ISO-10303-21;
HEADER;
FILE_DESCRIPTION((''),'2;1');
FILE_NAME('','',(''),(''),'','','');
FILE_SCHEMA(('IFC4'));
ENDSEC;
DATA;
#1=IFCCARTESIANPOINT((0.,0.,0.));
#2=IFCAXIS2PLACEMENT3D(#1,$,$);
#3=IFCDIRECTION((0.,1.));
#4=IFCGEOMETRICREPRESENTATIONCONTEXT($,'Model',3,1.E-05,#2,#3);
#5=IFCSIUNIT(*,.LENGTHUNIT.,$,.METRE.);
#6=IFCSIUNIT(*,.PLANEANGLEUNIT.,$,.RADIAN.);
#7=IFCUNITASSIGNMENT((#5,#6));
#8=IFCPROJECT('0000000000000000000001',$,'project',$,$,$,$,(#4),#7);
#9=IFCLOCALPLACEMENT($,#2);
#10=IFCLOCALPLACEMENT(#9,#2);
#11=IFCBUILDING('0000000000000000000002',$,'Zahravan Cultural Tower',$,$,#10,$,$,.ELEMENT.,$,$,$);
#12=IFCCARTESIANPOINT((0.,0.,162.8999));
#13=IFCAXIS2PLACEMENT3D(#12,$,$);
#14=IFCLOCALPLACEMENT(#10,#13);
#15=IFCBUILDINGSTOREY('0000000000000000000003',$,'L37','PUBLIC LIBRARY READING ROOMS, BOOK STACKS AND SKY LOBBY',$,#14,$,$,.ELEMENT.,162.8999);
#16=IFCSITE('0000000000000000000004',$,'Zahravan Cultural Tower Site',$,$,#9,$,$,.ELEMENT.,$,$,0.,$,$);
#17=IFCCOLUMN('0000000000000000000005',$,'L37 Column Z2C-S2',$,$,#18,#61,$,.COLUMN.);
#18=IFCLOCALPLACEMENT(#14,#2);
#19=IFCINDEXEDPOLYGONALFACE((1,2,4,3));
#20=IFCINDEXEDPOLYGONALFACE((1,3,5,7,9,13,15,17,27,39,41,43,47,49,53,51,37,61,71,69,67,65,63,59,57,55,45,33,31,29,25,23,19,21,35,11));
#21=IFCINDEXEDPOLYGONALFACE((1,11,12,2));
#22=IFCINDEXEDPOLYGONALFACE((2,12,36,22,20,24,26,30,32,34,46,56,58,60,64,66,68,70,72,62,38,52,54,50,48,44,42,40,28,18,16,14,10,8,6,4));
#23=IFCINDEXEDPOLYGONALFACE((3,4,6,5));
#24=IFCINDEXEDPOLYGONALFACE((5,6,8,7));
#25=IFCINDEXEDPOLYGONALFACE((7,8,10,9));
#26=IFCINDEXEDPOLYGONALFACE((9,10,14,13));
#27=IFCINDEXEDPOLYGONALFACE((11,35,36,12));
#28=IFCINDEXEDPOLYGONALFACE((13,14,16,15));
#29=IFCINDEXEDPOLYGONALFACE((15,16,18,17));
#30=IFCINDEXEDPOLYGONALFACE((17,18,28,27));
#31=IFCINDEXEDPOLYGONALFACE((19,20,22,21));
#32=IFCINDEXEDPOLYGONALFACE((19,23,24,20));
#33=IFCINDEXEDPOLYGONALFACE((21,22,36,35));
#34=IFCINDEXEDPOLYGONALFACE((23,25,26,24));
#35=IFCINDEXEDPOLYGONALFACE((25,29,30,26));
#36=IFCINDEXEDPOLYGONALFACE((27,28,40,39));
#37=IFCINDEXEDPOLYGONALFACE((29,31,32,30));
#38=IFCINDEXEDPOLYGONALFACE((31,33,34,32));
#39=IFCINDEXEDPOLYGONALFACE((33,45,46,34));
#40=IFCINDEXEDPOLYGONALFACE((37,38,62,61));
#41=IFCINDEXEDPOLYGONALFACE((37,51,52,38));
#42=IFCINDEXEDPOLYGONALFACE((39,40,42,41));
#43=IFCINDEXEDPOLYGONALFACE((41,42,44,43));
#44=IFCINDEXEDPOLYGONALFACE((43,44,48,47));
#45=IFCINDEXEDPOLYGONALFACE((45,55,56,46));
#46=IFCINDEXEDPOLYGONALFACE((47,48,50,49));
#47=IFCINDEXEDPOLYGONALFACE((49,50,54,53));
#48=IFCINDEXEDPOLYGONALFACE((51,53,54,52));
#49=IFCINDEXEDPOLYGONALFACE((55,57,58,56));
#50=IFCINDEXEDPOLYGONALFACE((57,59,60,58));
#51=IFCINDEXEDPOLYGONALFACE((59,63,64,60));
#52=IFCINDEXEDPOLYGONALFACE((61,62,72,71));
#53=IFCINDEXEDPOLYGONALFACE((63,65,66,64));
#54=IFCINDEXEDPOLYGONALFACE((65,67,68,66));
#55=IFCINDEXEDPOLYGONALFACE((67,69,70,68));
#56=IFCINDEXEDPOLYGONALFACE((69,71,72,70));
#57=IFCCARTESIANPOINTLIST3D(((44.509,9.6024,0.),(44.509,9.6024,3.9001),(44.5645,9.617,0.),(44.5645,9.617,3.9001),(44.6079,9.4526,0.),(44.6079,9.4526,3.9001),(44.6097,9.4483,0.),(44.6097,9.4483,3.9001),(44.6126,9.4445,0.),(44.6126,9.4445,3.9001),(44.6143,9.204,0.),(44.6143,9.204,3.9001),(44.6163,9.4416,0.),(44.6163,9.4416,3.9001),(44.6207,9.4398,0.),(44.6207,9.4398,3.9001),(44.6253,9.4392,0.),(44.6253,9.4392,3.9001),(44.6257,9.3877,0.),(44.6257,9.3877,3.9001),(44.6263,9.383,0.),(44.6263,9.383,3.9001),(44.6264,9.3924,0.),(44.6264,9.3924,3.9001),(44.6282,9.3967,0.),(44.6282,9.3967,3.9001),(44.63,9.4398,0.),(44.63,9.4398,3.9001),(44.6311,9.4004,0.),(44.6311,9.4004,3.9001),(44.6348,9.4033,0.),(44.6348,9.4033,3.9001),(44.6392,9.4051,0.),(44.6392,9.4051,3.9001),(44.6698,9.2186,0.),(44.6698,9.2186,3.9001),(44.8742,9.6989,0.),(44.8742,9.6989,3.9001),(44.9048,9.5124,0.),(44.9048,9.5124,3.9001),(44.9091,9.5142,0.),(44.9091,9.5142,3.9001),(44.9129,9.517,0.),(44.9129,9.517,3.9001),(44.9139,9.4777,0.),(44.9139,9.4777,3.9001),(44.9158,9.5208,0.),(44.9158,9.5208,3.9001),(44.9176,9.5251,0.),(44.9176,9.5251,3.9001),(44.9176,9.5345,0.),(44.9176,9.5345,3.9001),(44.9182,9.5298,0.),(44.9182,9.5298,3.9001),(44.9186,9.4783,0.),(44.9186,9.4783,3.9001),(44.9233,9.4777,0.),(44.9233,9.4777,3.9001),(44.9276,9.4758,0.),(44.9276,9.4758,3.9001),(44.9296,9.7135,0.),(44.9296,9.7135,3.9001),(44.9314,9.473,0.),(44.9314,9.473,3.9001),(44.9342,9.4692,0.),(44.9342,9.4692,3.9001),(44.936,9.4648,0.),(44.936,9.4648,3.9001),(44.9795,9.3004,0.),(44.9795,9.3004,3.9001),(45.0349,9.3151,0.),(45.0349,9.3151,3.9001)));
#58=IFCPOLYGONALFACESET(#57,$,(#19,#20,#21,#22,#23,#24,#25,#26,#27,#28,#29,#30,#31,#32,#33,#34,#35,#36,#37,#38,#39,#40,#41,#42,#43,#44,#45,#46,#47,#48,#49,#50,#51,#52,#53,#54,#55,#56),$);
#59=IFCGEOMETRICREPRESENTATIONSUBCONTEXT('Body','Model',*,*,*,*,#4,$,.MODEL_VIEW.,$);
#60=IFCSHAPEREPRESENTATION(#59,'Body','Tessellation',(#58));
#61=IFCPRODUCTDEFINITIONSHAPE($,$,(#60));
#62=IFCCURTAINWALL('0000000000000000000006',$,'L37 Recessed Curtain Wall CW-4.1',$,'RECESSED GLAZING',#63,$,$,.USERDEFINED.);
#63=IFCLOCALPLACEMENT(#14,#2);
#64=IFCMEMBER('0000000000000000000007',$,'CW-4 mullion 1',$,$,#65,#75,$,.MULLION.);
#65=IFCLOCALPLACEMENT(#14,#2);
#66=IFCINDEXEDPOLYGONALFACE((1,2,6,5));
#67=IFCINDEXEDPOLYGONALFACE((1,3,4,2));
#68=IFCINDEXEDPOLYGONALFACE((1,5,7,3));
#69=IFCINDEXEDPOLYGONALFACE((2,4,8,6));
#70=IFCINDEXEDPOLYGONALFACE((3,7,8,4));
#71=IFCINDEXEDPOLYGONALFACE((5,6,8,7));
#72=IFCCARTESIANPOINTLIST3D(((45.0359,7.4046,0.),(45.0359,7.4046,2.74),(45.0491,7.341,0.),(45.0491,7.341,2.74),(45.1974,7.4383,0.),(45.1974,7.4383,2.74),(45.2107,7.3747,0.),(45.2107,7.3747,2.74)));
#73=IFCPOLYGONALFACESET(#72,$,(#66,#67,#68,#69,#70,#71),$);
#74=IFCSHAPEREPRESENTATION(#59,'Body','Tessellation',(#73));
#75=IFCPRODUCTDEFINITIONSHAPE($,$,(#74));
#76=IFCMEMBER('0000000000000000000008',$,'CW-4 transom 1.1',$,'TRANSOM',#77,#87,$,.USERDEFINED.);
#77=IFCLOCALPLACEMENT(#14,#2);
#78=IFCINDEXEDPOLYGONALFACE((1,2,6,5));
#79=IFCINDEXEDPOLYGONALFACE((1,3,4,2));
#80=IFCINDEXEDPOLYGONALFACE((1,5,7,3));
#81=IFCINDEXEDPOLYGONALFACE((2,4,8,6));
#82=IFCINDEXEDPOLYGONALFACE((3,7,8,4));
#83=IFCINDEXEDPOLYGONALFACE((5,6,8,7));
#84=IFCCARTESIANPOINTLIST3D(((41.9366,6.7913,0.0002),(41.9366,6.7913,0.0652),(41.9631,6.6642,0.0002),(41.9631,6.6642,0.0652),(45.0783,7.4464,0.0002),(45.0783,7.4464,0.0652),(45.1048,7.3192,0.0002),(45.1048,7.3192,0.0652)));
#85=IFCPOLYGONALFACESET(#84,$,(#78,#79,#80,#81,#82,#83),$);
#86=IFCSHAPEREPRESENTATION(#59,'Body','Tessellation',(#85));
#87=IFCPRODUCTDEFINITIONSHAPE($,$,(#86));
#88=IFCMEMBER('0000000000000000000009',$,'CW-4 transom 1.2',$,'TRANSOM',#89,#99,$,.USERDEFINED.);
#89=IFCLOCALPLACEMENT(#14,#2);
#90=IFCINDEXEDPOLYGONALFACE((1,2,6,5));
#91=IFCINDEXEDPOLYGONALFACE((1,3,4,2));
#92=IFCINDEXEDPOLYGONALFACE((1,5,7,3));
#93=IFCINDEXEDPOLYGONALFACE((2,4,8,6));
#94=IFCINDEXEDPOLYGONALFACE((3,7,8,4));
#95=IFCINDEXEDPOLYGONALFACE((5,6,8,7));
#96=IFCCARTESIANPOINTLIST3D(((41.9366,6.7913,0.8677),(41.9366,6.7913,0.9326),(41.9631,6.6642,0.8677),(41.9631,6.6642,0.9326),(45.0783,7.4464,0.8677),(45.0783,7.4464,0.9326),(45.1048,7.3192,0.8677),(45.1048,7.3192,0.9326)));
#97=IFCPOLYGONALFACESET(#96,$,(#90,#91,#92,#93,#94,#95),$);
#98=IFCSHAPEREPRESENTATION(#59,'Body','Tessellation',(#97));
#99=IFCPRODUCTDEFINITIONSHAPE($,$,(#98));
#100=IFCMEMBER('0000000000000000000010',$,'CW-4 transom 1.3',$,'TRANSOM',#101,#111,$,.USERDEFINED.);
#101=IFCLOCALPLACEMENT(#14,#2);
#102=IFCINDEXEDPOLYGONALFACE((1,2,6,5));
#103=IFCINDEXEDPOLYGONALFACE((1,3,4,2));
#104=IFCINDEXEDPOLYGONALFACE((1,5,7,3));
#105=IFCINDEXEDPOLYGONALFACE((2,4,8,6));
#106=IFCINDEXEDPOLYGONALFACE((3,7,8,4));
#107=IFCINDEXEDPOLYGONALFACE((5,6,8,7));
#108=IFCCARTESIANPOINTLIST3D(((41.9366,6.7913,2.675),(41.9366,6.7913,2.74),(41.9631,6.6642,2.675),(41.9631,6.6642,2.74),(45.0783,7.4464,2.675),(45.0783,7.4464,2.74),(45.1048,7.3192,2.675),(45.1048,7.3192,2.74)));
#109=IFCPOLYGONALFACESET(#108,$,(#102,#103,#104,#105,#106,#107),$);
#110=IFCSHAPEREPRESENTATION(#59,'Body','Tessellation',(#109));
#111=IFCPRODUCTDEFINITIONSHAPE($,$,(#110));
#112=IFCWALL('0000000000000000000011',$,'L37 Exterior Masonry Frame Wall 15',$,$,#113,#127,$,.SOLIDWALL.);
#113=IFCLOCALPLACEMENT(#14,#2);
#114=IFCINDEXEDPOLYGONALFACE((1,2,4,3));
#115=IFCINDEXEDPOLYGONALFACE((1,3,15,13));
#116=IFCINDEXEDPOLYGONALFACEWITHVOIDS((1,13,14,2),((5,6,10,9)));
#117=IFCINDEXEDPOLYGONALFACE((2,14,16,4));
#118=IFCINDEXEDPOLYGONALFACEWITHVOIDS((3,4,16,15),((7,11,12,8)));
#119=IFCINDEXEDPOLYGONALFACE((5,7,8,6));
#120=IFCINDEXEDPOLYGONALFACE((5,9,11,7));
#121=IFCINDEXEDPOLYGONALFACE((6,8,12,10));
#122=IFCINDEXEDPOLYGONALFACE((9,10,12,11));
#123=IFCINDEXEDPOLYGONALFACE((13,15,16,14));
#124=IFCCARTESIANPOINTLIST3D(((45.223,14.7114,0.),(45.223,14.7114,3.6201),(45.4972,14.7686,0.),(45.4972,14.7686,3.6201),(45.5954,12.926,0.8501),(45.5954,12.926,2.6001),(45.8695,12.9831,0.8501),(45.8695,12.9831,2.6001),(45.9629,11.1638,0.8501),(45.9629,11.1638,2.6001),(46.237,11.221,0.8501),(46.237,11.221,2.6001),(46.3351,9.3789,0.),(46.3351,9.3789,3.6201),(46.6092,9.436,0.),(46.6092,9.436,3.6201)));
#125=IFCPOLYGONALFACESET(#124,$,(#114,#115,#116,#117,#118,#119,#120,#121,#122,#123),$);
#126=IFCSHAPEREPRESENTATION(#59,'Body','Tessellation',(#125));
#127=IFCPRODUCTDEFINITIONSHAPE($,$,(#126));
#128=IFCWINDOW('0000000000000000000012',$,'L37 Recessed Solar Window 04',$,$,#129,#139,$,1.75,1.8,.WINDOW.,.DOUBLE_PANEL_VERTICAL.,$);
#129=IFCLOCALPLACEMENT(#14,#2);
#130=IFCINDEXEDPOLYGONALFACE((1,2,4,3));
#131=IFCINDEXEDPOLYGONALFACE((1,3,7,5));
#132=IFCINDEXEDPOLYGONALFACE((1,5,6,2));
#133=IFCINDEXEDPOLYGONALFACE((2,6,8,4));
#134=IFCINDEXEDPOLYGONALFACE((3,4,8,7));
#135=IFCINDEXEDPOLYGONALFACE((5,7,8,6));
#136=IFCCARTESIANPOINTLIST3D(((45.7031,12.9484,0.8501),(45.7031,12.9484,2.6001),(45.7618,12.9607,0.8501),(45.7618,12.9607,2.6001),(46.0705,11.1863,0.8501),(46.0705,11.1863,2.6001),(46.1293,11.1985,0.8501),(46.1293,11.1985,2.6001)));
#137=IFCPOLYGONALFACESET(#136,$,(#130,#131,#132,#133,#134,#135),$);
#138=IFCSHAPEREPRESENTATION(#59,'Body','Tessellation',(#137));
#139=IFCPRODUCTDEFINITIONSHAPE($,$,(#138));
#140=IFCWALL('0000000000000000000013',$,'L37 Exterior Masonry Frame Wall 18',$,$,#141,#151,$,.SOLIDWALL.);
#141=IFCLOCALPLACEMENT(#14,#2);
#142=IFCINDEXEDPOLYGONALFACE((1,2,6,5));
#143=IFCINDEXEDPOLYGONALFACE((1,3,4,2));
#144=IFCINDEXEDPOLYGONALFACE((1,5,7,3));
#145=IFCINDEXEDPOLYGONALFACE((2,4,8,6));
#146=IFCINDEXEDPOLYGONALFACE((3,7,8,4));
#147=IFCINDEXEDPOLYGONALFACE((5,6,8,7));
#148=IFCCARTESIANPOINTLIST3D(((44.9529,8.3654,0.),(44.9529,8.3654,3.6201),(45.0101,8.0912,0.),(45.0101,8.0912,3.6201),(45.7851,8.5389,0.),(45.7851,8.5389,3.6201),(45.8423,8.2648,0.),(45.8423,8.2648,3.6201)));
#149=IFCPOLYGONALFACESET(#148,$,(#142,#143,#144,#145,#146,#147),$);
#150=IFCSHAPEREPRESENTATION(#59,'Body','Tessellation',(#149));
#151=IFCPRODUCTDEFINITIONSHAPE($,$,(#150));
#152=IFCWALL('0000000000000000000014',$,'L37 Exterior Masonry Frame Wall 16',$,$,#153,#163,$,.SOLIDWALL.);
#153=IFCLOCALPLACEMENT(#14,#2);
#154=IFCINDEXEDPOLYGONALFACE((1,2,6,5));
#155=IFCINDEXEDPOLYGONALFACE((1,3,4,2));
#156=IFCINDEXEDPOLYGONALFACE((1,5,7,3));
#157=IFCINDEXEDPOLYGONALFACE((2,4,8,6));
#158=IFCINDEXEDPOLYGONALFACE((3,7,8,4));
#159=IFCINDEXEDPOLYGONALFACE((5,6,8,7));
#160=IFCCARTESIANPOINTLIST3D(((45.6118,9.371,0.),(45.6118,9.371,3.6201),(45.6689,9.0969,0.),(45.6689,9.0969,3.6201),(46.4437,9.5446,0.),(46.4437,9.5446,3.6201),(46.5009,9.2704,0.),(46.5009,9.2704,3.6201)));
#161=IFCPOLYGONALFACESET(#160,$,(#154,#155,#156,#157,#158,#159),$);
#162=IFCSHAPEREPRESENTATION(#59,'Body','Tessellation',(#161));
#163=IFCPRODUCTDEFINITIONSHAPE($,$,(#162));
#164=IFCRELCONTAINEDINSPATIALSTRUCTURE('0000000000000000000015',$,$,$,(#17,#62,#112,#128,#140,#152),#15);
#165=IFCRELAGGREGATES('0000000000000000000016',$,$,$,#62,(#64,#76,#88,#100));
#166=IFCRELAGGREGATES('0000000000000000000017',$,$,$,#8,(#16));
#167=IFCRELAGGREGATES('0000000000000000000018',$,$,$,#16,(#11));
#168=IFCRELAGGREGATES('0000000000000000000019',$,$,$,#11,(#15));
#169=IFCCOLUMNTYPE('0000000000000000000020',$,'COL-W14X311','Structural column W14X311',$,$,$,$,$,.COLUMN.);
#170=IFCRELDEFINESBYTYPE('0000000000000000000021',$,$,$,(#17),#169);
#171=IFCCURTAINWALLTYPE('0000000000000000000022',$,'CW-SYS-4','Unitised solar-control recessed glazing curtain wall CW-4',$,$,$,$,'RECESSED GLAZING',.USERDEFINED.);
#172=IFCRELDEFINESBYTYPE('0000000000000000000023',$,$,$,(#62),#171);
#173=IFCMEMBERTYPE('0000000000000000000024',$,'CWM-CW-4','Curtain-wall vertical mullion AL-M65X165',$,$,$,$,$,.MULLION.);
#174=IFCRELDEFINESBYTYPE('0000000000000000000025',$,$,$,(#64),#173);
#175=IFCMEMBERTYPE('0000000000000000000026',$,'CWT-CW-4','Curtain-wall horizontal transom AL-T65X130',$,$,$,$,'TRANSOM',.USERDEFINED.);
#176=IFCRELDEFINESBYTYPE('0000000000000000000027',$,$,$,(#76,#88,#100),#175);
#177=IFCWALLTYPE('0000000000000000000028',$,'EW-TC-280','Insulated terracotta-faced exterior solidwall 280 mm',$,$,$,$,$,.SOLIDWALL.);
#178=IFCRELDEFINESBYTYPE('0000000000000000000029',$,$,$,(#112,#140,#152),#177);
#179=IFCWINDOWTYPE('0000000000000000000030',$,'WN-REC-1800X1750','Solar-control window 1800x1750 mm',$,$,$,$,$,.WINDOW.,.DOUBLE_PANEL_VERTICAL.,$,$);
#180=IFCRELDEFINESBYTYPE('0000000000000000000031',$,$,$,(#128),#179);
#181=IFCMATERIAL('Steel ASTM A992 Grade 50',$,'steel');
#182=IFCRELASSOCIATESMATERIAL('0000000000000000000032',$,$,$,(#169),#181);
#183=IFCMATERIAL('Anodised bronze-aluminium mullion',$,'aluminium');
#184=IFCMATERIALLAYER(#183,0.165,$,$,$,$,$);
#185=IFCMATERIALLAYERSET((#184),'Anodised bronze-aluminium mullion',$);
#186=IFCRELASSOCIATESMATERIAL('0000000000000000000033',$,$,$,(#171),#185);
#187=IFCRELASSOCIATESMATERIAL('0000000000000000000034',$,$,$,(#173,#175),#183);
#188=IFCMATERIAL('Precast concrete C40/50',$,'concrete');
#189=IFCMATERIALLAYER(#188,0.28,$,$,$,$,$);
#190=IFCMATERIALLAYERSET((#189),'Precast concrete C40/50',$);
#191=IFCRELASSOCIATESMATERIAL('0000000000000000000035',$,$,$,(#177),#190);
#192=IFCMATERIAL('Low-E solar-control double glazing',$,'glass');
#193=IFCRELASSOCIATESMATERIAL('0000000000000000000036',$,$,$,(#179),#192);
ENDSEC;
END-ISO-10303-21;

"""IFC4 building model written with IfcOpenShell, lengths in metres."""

from ifc_helpers import new_model, si_unit, direction, frame, frame_2d, origin, origin_2d, place, context, subcontext, project, spatial, rectangle, i_section, extrude, source, transform, mapped, material, layer, layer_set, material_profile, profile_set, type_object, element, fill, aggregate, save


model = new_model("IFC4")

# Units and contexts
model_context = context("Model", 3, precision=1e-05, world=origin(), true_north=direction((0.0, 1.0)))
body_context = subcontext(model_context, "Body", "Model", "MODEL_VIEW")
ifc_project = project(units=[si_unit("LENGTHUNIT", "METRE"), si_unit("PLANEANGLEUNIT", "RADIAN")], contexts=[model_context])

# Site, building, storey
site_placement = place(None, origin())
site = spatial("IfcSite", under=ifc_project, at=site_placement, Name="Zahravan Cultural Tower Site", CompositionType="ELEMENT", RefElevation=0.0)
building_placement = place(site_placement, origin())
building = spatial("IfcBuilding", under=site, at=building_placement, Name="Zahravan Cultural Tower", CompositionType="ELEMENT")
storey_placement = place(building_placement, frame((0.0, 0.0, 162.8999)))
storey = spatial("IfcBuildingStorey", under=building, at=storey_placement, Name="L37", Description="PUBLIC LIBRARY READING ROOMS, BOOK STACKS AND SKY LOBBY", CompositionType="ELEMENT", Elevation=162.8999)

# Column
ifc_material_1 = material(Name="Steel ASTM A992 Grade 50", Category="steel")
ifc_material_profile_1 = material_profile(ifc_material_1, i_section(OverallWidth=0.4121, OverallDepth=0.4351, WebThickness=0.0359, FlangeThickness=0.0574, FilletRadius=0.0181, at=origin_2d()), Name="W14X311")
ifc_profile_set_1 = profile_set([ifc_material_profile_1], Name="Steel ASTM A992 Grade 50")
column_type = type_object("IfcColumnType", Name="COL-W14X311", Description="Structural column W14X311", PredefinedType="COLUMN", material=ifc_profile_set_1)
shared_shape_1 = source(origin(), body_context, "Body", "SweptSolid", [
    extrude(i_section(OverallWidth=0.4121, OverallDepth=0.4351, WebThickness=0.0359, FlangeThickness=0.0574, FilletRadius=0.0181, at=origin_2d()), origin(), (0.0, 0.0, 1.0), 3.9001),
])
column_placement = place(storey_placement, frame((44.772, 9.4587, 0.0), z_axis=(0.0, 0.0, 1.0), x_axis=(-0.255446, 0.966823, 0.0)))
element("IfcColumn", 1, at=column_placement, inside=storey, type_object=column_type, Name="L37 Column Z2C-S2", PredefinedType="COLUMN", context=body_context, shape_type="MappedRepresentation", body=[
    mapped(shared_shape_1, transform((0.0, 0.0, 0.0), x_axis=(1.0, 0.0, 0.0), y_axis=(0.0, 1.0, 0.0), z_axis=(0.0, 0.0, 1.0), scale=1.0)),
])

# Curtain wall, members
ifc_material_2 = material(Name="Anodised bronze-aluminium mullion", Category="aluminium")
ifc_layer_1 = layer(ifc_material_2, 0.165)
ifc_layer_set_1 = layer_set([ifc_layer_1], Name="Anodised bronze-aluminium mullion")
curtain_wall_type = type_object("IfcCurtainWallType", Name="CW-SYS-4", Description="Unitised solar-control recessed glazing curtain wall CW-4", ElementType="RECESSED GLAZING", PredefinedType="USERDEFINED", material=ifc_layer_set_1)
curtain_wall_placement = place(storey_placement, origin())
curtain_wall = element("IfcCurtainWall", 2, at=curtain_wall_placement, inside=storey, type_object=curtain_wall_type, Name="L37 Recessed Curtain Wall CW-4.1", ObjectType="RECESSED GLAZING", PredefinedType="USERDEFINED")
ifc_material_profile_2 = material_profile(ifc_material_2, rectangle(XDim=0.0649, YDim=0.165, at=origin_2d()), Name="AL-M65X165")
ifc_profile_set_2 = profile_set([ifc_material_profile_2], Name="Anodised bronze-aluminium mullion")
member_type_1 = type_object("IfcMemberType", Name="CWM-CW-4", Description="Curtain-wall vertical mullion AL-M65X165", PredefinedType="MULLION", material=ifc_profile_set_2)
shared_shape_2 = source(origin(), body_context, "Body", "SweptSolid", [
    extrude(rectangle(XDim=0.0649, YDim=0.165, at=origin_2d()), origin(), (0.0, 0.0, 1.0), 2.74),
])
member_1_placement = place(storey_placement, frame((45.1233, 7.3896, 0.0), z_axis=(0.0, 0.0, 1.0), x_axis=(0.204162, -0.978937, 0.0)))
member_1 = element("IfcMember", 3, at=member_1_placement, type_object=member_type_1, Name="CW-4 mullion 1", PredefinedType="MULLION", context=body_context, shape_type="MappedRepresentation", body=[
    mapped(shared_shape_2, transform((0.0, 0.0, 0.0), x_axis=(1.0, 0.0, 0.0), y_axis=(0.0, 1.0, 0.0), z_axis=(0.0, 0.0, 1.0), scale=1.0)),
])
ifc_material_profile_3 = material_profile(ifc_material_2, rectangle(XDim=0.1299, YDim=0.0649, at=origin_2d()), Name="AL-T65X130")
ifc_profile_set_3 = profile_set([ifc_material_profile_3], Name="Anodised bronze-aluminium mullion")
member_type_2 = type_object("IfcMemberType", Name="CWT-CW-4", Description="Curtain-wall horizontal transom AL-T65X130", ElementType="TRANSOM", PredefinedType="USERDEFINED", material=ifc_profile_set_3)
shared_shape_3 = source(origin(), body_context, "Body", "SweptSolid", [
    extrude(rectangle(XDim=0.1299, YDim=0.0649, at=origin_2d()), origin(), (0.0, 0.0, 1.0), 3.2092),
])
member_2_placement = place(storey_placement, frame((45.0916, 7.3828, 0.0327), z_axis=(-0.978947, -0.204112, 0.0), x_axis=(0.204112, -0.978947, 0.0)))
member_2 = element("IfcMember", 4, at=member_2_placement, type_object=member_type_2, Name="CW-4 transom 1.1", ObjectType="TRANSOM", PredefinedType="USERDEFINED", context=body_context, shape_type="MappedRepresentation", body=[
    mapped(shared_shape_3, transform((0.0, 0.0, 0.0), x_axis=(1.0, 0.0, 0.0), y_axis=(0.0, 1.0, 0.0), z_axis=(0.0, 0.0, 1.0), scale=1.0)),
])
member_3_placement = place(storey_placement, frame((45.0916, 7.3828, 0.9001), z_axis=(-0.978947, -0.204112, 0.0), x_axis=(0.204112, -0.978947, 0.0)))
member_3 = element("IfcMember", 5, at=member_3_placement, type_object=member_type_2, Name="CW-4 transom 1.2", ObjectType="TRANSOM", PredefinedType="USERDEFINED", context=body_context, shape_type="MappedRepresentation", body=[
    mapped(shared_shape_3, transform((0.0, 0.0, 0.0), x_axis=(1.0, 0.0, 0.0), y_axis=(0.0, 1.0, 0.0), z_axis=(0.0, 0.0, 1.0), scale=1.0)),
])
member_4_placement = place(storey_placement, frame((45.0916, 7.3828, 2.7075), z_axis=(-0.978947, -0.204112, 0.0), x_axis=(0.204112, -0.978947, 0.0)))
member_4 = element("IfcMember", 6, at=member_4_placement, type_object=member_type_2, Name="CW-4 transom 1.3", ObjectType="TRANSOM", PredefinedType="USERDEFINED", context=body_context, shape_type="MappedRepresentation", body=[
    mapped(shared_shape_3, transform((0.0, 0.0, 0.0), x_axis=(1.0, 0.0, 0.0), y_axis=(0.0, 1.0, 0.0), z_axis=(0.0, 0.0, 1.0), scale=1.0)),
])
aggregate(curtain_wall, [member_1, member_2, member_3, member_4])

# Shared definitions
ifc_material_3 = material(Name="Precast concrete C40/50", Category="concrete")
ifc_layer_2 = layer(ifc_material_3, 0.28)
ifc_layer_set_2 = layer_set([ifc_layer_2], Name="Precast concrete C40/50")
wall_type_1 = type_object("IfcWallType", Name="EW-TC-280", Description="Insulated terracotta-faced exterior solidwall 280 mm", PredefinedType="SOLIDWALL", material=ifc_layer_set_2)

# Wall, opening, window
wall_1_placement = place(storey_placement, frame((45.3601, 14.74, 0.0), z_axis=(0.0, 0.0, 1.0), x_axis=(0.204151, -0.978939, 0.0)))
wall_1 = element("IfcWall", 7, at=wall_1_placement, inside=storey, type_object=wall_type_1, Name="L37 Exterior Masonry Frame Wall 15", PredefinedType="SOLIDWALL", context=body_context, shape_type="SweptSolid", body=[
    extrude(rectangle(XDim=5.4473, YDim=0.28, at=frame_2d((2.7236, 0.0))), origin(), (0.0, 0.0, 1.0), 3.6201),
])
opening_1_placement = place(wall_1_placement, frame((1.824, 0.0, 0.8501)))
opening_1 = element("IfcOpeningElement", 8, at=opening_1_placement, cuts=wall_1, PredefinedType="OPENING", context=body_context, shape_type="SweptSolid", body=[
    extrude(rectangle(XDim=1.8, YDim=1.75, at=frame_2d((0.8999, 0.875))), frame((0.0, 0.1499, 0.0), z_axis=(0.0, -1.0, 0.0), x_axis=(1.0, 0.0, 0.0)), (0.0, 0.0, 1.0), 0.3),
])
ifc_material_4 = material(Name="Low-E solar-control double glazing", Category="glass")
window_type = type_object("IfcWindowType", Name="WN-REC-1800X1750", Description="Solar-control window 1800x1750 mm", PartitioningType="DOUBLE_PANEL_VERTICAL", PredefinedType="WINDOW", material=ifc_material_4)
shared_shape_4 = source(origin(), body_context, "Body", "SweptSolid", [
    extrude(rectangle(XDim=1.8, YDim=1.75, at=frame_2d((0.8999, 0.875))), frame((0.0, 0.03, 0.0), z_axis=(0.0, -1.0, 0.0), x_axis=(1.0, 0.0, 0.0)), (0.0, 0.0, 1.0), 0.0601),
])
window_placement = place(opening_1_placement, origin())
window = element("IfcWindow", 9, at=window_placement, inside=storey, type_object=window_type, Name="L37 Recessed Solar Window 04", OverallHeight=1.75, OverallWidth=1.8, PartitioningType="DOUBLE_PANEL_VERTICAL", PredefinedType="WINDOW", context=body_context, shape_type="MappedRepresentation", body=[
    mapped(shared_shape_4, transform((0.0, 0.0, 0.0), x_axis=(1.0, 0.0, 0.0), y_axis=(0.0, 1.0, 0.0), z_axis=(0.0, 0.0, 1.0), scale=1.0)),
])
fill(opening_1, window)

# Walls
shared_shape_5 = source(origin(), body_context, "Body", "SweptSolid", [
    extrude(rectangle(XDim=0.8501, YDim=0.28, at=frame_2d((0.425, 0.0))), origin(), (0.0, 0.0, 1.0), 3.6201),
])
wall_2_placement = place(storey_placement, frame((45.8137, 8.4019, 0.0), z_axis=(0.0, 0.0, 1.0), x_axis=(-0.978935, -0.204172, 0.0)))
element("IfcWall", 10, at=wall_2_placement, inside=storey, type_object=wall_type_1, Name="L37 Exterior Masonry Frame Wall 18", PredefinedType="SOLIDWALL", context=body_context, shape_type="MappedRepresentation", body=[
    mapped(shared_shape_5, transform((0.0, 0.0, 0.0), x_axis=(1.0, 0.0, 0.0), y_axis=(0.0, 1.0, 0.0), z_axis=(0.0, 0.0, 1.0), scale=1.0)),
])
shared_shape_6 = source(origin(), body_context, "Body", "SweptSolid", [
    extrude(rectangle(XDim=0.8499, YDim=0.28, at=frame_2d((0.4248, 0.0))), origin(), (0.0, 0.0, 1.0), 3.6201),
])
for number, where, z_axis, x_axis, name in (
    (11, (46.4722, 9.4075, 0.0), (0.0, 0.0, 1.0), (-0.978923, -0.20423, 0.0), "L37 Exterior Masonry Frame Wall 16"),
):
    element("IfcWall", number, at=place(storey_placement, frame(where, z_axis=z_axis, x_axis=x_axis)), inside=storey, type_object=wall_type_1, Name=name, PredefinedType="SOLIDWALL", context=body_context, shape_type="MappedRepresentation", body=[
        mapped(shared_shape_6, transform((0.0, 0.0, 0.0), x_axis=(1.0, 0.0, 0.0), y_axis=(0.0, 1.0, 0.0), z_axis=(0.0, 0.0, 1.0), scale=1.0)),
    ])

save(model, "model.ifc")
